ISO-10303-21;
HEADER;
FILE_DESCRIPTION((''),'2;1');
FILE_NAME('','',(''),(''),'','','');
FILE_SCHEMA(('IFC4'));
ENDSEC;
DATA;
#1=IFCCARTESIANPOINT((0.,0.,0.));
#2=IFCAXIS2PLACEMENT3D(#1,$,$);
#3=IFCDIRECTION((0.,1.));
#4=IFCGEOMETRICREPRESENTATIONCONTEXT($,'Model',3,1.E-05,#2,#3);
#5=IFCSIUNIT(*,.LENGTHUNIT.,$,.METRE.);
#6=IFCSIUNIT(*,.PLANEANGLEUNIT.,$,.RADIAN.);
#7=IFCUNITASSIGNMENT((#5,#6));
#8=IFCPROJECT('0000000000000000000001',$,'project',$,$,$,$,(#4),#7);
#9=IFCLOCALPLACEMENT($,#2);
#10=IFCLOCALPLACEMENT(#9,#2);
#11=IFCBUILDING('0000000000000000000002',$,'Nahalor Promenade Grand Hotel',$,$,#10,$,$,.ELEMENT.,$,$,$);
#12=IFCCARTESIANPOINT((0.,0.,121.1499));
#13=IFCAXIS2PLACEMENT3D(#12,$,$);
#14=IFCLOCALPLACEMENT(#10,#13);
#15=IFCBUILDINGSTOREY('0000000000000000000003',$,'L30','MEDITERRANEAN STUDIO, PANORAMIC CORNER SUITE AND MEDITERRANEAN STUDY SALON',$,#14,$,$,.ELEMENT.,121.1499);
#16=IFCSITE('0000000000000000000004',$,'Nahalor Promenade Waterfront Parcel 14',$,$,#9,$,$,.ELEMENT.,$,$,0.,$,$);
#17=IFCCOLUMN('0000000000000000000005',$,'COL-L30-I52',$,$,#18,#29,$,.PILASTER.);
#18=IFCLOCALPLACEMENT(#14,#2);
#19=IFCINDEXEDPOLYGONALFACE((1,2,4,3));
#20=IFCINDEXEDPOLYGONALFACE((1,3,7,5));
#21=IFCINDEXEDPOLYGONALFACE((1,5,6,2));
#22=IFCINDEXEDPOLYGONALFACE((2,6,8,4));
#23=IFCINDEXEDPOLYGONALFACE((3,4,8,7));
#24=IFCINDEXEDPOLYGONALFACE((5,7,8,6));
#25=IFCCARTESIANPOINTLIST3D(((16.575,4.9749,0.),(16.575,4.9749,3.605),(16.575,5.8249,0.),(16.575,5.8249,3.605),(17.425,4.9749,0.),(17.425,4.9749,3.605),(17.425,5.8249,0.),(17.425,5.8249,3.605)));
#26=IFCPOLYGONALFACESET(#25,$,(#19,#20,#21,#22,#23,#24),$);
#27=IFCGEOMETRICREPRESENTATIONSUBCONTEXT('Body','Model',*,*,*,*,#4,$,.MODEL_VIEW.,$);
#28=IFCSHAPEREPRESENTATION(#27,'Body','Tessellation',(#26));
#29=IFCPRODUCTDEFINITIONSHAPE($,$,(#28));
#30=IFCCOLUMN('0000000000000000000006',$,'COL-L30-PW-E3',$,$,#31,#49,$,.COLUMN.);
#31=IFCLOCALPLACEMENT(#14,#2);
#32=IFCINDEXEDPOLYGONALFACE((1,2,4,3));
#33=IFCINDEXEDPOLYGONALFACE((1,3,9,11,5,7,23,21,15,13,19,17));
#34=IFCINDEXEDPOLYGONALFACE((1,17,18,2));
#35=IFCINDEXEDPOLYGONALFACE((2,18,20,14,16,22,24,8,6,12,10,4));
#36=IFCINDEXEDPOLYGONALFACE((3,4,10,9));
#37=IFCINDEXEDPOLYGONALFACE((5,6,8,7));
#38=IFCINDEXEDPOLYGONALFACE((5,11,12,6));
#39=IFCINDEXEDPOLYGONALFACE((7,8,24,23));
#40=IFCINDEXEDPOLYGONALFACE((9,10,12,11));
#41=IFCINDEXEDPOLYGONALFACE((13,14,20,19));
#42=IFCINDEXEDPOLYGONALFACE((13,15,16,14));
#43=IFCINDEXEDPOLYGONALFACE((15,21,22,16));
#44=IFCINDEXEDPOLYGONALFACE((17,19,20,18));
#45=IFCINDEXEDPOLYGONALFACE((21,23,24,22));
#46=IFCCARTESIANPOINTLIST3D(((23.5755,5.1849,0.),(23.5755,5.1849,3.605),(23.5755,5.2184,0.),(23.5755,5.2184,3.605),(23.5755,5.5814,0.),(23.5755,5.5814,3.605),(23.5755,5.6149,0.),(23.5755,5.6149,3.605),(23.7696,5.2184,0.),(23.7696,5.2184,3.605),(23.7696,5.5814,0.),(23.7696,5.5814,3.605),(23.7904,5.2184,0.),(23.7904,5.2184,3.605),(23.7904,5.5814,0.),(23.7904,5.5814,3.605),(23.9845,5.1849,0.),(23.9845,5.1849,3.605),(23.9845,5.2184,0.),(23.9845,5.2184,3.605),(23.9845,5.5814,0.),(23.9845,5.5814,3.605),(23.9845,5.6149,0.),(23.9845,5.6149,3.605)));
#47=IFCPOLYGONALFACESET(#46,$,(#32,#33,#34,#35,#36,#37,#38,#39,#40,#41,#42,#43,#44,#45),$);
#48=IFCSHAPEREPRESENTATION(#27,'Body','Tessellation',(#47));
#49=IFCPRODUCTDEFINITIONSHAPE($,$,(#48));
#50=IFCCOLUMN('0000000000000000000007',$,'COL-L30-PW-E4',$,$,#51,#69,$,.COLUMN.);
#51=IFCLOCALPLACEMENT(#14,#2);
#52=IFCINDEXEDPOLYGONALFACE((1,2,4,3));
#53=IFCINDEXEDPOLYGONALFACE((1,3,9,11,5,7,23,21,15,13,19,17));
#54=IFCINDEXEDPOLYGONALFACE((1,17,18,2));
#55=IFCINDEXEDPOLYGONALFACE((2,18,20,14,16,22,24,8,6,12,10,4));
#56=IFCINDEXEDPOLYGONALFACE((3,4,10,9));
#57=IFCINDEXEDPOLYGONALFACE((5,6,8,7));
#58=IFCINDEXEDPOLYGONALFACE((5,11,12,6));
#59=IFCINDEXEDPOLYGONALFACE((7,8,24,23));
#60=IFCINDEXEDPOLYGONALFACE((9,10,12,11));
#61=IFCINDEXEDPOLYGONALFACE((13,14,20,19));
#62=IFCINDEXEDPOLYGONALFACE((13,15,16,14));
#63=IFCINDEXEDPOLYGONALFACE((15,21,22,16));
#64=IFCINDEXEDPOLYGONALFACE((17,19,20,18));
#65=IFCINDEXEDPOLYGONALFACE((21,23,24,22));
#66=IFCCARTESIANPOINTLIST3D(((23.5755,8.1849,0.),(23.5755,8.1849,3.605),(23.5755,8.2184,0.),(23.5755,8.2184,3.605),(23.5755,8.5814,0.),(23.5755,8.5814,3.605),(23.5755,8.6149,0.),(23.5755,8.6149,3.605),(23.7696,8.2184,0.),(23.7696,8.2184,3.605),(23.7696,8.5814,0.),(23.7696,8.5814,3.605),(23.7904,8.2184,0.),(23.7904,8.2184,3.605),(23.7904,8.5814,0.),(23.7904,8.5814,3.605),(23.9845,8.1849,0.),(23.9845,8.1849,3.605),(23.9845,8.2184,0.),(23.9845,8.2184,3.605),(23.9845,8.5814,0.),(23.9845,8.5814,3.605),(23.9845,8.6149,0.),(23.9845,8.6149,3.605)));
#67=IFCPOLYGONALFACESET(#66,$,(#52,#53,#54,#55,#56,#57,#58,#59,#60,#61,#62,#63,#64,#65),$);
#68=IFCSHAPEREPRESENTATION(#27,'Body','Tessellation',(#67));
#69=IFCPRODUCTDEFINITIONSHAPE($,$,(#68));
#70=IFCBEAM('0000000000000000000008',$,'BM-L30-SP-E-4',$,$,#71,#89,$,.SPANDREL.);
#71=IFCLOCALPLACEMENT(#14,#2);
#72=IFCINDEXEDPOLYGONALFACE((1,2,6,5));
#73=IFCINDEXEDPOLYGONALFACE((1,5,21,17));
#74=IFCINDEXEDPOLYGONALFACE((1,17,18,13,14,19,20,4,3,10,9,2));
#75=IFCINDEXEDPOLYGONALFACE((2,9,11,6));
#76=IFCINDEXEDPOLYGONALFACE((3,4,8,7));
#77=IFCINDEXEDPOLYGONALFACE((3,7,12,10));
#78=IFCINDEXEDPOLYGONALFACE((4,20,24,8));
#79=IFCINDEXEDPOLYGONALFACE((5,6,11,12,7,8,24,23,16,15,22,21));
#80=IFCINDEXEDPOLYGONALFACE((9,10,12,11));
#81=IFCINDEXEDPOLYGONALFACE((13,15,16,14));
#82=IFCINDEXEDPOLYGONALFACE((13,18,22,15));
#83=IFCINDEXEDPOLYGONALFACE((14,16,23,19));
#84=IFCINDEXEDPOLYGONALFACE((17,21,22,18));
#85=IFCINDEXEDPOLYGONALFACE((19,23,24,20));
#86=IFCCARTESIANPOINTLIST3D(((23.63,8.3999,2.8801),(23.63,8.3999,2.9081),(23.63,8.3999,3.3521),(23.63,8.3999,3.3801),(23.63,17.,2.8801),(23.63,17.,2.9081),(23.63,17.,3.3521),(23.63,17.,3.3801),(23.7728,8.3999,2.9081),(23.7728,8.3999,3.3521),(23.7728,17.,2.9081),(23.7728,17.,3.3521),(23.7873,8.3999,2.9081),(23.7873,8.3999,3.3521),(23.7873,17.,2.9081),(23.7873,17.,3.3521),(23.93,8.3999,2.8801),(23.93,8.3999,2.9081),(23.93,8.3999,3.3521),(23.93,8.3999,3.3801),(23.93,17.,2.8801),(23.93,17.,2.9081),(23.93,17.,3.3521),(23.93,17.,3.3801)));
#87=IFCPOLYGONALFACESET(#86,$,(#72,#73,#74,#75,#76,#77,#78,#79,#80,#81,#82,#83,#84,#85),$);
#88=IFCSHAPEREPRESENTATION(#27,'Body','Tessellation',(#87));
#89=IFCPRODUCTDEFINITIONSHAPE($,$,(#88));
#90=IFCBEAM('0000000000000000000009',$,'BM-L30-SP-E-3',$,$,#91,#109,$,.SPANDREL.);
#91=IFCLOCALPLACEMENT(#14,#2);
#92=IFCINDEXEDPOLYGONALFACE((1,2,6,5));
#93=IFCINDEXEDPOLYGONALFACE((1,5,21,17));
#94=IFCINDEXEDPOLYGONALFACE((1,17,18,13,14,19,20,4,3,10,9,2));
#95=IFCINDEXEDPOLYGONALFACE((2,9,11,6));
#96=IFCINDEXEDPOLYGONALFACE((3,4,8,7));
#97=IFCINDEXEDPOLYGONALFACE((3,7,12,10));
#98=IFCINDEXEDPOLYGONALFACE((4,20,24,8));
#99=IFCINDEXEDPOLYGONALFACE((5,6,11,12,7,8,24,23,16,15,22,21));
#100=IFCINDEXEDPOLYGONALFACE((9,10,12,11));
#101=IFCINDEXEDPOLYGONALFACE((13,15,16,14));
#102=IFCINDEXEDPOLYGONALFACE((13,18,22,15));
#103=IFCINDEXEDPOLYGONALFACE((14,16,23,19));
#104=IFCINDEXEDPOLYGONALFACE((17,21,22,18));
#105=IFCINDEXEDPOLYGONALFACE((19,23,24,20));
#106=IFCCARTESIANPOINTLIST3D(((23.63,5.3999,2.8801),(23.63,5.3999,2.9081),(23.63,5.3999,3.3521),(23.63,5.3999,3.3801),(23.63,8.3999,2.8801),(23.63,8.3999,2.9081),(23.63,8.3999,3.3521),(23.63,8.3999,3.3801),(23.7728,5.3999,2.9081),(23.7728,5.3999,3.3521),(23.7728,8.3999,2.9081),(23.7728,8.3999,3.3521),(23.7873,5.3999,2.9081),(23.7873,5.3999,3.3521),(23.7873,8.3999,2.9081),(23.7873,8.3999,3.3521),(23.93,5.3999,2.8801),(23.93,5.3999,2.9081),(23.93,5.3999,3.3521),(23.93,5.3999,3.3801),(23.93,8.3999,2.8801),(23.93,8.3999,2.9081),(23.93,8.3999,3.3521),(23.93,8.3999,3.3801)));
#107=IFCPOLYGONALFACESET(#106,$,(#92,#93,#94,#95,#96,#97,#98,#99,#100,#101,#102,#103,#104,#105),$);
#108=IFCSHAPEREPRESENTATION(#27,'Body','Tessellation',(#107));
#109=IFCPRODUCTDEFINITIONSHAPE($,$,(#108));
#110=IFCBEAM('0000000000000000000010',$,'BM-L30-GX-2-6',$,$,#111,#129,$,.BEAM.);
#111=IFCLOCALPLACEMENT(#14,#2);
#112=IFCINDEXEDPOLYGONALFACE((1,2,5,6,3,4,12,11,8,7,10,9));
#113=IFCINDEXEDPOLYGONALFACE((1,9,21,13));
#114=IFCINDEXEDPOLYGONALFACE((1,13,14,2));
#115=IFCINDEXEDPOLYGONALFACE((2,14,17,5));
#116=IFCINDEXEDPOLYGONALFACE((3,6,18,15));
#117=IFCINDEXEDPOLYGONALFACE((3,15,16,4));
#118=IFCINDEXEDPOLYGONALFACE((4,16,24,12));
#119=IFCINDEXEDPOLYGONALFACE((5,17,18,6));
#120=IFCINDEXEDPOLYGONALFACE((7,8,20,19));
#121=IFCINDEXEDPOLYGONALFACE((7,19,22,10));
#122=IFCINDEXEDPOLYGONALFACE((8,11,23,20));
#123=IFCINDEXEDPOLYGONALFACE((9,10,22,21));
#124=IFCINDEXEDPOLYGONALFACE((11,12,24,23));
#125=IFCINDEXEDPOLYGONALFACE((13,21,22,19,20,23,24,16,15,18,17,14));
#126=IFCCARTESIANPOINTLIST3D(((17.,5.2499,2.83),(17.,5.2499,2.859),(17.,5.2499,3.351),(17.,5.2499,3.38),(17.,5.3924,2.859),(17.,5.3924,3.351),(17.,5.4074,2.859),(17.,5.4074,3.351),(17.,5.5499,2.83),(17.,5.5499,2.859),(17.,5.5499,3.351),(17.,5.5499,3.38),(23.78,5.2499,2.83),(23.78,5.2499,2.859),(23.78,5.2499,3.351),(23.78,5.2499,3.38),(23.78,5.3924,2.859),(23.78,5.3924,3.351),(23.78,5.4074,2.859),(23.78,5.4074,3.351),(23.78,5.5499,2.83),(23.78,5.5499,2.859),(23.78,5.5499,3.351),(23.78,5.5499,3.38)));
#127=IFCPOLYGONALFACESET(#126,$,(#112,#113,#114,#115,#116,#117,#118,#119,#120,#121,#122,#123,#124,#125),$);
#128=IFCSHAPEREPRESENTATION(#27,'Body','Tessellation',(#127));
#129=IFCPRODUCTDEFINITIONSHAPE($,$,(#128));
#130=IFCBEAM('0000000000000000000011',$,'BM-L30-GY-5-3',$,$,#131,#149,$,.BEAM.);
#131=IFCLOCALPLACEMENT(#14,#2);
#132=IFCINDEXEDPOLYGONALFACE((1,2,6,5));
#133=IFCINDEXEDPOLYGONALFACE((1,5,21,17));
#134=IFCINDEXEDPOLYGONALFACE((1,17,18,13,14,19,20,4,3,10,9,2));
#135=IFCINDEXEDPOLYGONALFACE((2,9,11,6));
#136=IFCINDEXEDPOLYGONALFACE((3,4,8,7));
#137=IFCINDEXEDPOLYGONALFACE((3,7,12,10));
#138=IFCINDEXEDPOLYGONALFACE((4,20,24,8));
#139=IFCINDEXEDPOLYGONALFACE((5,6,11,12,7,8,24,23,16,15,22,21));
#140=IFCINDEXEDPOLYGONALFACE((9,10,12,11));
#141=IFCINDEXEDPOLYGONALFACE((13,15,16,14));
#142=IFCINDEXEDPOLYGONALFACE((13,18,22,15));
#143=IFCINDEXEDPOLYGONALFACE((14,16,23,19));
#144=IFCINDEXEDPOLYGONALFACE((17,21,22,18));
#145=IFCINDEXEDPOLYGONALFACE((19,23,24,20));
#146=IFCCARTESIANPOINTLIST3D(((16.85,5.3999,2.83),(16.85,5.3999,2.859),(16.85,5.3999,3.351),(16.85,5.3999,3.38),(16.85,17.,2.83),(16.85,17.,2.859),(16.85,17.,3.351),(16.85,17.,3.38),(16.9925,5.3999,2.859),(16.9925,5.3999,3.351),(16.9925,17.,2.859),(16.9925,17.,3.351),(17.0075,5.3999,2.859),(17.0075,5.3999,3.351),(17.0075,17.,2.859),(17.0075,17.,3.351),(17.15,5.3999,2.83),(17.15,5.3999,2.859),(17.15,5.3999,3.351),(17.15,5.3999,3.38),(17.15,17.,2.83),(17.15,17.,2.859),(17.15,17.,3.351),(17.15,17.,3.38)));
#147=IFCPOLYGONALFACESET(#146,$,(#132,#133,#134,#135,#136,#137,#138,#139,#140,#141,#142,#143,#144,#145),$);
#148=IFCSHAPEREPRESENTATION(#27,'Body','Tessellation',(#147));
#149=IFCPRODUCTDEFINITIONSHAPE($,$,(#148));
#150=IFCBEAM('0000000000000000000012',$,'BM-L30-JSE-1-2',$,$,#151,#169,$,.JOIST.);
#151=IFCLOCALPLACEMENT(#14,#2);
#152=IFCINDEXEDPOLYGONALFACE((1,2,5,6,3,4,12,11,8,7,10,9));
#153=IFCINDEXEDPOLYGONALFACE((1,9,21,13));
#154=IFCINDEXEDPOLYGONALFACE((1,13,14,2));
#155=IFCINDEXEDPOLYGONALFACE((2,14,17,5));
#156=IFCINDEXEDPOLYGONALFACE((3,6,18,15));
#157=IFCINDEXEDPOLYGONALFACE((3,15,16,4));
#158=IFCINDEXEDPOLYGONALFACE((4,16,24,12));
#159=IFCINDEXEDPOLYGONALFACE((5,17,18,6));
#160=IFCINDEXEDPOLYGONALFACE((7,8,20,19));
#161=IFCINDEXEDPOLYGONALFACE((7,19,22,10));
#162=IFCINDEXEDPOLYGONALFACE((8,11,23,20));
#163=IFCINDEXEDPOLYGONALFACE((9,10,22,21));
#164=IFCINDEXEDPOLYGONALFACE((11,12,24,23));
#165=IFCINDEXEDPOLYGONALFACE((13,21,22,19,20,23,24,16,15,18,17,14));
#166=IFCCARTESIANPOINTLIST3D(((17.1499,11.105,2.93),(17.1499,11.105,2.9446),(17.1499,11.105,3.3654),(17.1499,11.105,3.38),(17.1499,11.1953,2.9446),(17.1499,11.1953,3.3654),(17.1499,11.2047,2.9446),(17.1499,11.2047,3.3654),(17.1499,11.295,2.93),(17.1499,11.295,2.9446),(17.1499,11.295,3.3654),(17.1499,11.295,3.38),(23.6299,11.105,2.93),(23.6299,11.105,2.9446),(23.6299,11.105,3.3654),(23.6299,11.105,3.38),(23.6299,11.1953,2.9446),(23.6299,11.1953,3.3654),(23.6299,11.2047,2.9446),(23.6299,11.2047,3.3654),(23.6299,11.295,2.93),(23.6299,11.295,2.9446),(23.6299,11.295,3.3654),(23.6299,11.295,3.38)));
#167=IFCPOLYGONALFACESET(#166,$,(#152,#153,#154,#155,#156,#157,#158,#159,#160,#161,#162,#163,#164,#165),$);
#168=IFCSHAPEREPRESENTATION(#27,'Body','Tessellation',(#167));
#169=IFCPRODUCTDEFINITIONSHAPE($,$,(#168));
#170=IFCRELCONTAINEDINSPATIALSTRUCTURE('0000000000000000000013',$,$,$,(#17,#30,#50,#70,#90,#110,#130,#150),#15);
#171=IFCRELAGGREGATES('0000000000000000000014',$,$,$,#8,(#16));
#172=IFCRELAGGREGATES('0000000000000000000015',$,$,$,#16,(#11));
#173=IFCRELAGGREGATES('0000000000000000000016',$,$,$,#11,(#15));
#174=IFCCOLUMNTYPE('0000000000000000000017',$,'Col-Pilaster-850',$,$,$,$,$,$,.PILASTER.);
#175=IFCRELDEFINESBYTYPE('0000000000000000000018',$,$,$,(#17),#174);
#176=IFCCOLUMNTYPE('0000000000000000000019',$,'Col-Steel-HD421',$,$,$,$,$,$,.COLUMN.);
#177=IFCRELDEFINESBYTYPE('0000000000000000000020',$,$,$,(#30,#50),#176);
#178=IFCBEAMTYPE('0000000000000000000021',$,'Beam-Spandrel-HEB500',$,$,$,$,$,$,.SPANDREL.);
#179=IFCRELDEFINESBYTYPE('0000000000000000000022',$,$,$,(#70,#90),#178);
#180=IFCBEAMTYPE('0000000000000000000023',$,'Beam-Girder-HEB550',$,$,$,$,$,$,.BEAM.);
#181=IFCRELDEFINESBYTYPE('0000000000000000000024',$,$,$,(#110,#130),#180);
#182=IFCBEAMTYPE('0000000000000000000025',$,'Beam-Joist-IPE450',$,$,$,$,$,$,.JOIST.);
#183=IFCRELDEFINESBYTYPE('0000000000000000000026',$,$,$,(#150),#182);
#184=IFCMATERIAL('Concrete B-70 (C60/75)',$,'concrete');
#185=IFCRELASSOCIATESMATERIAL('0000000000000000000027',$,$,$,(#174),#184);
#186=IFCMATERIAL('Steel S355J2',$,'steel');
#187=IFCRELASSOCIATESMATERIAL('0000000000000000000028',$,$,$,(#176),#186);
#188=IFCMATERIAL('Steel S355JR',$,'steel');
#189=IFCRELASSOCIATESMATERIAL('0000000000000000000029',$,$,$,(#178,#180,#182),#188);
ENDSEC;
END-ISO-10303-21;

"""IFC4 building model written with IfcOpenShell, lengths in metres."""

from ifc_helpers import new_model, si_unit, direction, frame, origin, origin_2d, place, context, subcontext, project, spatial, rectangle, i_section, extrude, source, transform, mapped, material, material_profile, profile_set, type_object, element, save


model = new_model("IFC4")

# Units and contexts
model_context = context("Model", 3, precision=1e-05, world=origin(), true_north=direction((0.0, 1.0)))
body_context = subcontext(model_context, "Body", "Model", "MODEL_VIEW")
ifc_project = project(units=[si_unit("LENGTHUNIT", "METRE"), si_unit("PLANEANGLEUNIT", "RADIAN")], contexts=[model_context])

# Site, building, storey
site_placement = place(None, origin())
site = spatial("IfcSite", under=ifc_project, at=site_placement, Name="Nahalor Promenade Waterfront Parcel 14", CompositionType="ELEMENT", RefElevation=0.0)
building_placement = place(site_placement, origin())
building = spatial("IfcBuilding", under=site, at=building_placement, Name="Nahalor Promenade Grand Hotel", CompositionType="ELEMENT")
storey_placement = place(building_placement, frame((0.0, 0.0, 121.1499)))
storey = spatial("IfcBuildingStorey", under=building, at=storey_placement, Name="L30", Description="MEDITERRANEAN STUDIO, PANORAMIC CORNER SUITE AND MEDITERRANEAN STUDY SALON", CompositionType="ELEMENT", Elevation=121.1499)

# Columns
ifc_material_1 = material(Name="Concrete B-70 (C60/75)", Category="concrete")
ifc_material_profile_1 = material_profile(ifc_material_1, rectangle(XDim=0.85, YDim=0.85, at=origin_2d()), Name="RC 850x850")
ifc_profile_set_1 = profile_set([ifc_material_profile_1], Name="Concrete B-70 (C60/75)")
column_type_1 = type_object("IfcColumnType", Name="Col-Pilaster-850", PredefinedType="PILASTER", material=ifc_profile_set_1)
shared_shape_1 = source(origin(), body_context, "Body", "SweptSolid", [
    extrude(rectangle(XDim=0.85, YDim=0.85, at=origin_2d()), origin(), (0.0, 0.0, 1.0), 3.605),
])
column_placement = place(storey_placement, frame((17.0, 5.3999, 0.0), z_axis=(0.0, 0.0, 1.0), x_axis=(1.0, 0.0, 0.0)))
element("IfcColumn", 1, at=column_placement, inside=storey, type_object=column_type_1, Name="COL-L30-I52", PredefinedType="PILASTER", context=body_context, shape_type="MappedRepresentation", body=[
    mapped(shared_shape_1, transform((0.0, 0.0, 0.0), scale=1.0)),
])
ifc_material_2 = material(Name="Steel S355J2", Category="steel")
ifc_material_profile_2 = material_profile(ifc_material_2, i_section(OverallWidth=0.409, OverallDepth=0.43, WebThickness=0.0208, FlangeThickness=0.0335, at=origin_2d()), Name="HD 400x421")
ifc_profile_set_2 = profile_set([ifc_material_profile_2], Name="Steel S355J2")
column_type_2 = type_object("IfcColumnType", Name="Col-Steel-HD421", PredefinedType="COLUMN", material=ifc_profile_set_2)
shared_shape_2 = source(origin(), body_context, "Body", "SweptSolid", [
    extrude(i_section(OverallWidth=0.409, OverallDepth=0.43, WebThickness=0.0208, FlangeThickness=0.0335, at=origin_2d()), origin(), (0.0, 0.0, 1.0), 3.605),
])
for number, where, z_axis, x_axis, name in (
    (2, (23.78, 5.3999, 0.0), (0.0, 0.0, 1.0), (1.0, 0.0, 0.0), "COL-L30-PW-E3"),
    (3, (23.78, 8.3999, 0.0), (0.0, 0.0, 1.0), (1.0, 0.0, 0.0), "COL-L30-PW-E4"),
):
    element("IfcColumn", number, at=place(storey_placement, frame(where, z_axis=z_axis, x_axis=x_axis)), inside=storey, type_object=column_type_2, Name=name, PredefinedType="COLUMN", context=body_context, shape_type="MappedRepresentation", body=[
        mapped(shared_shape_2, transform((0.0, 0.0, 0.0), scale=1.0)),
    ])

# Beams
ifc_material_3 = material(Name="Steel S355JR", Category="steel")
ifc_material_profile_3 = material_profile(ifc_material_3, i_section(OverallWidth=0.3, OverallDepth=0.5, WebThickness=0.0145, FlangeThickness=0.028, at=origin_2d()), Name="HEB 500")
ifc_profile_set_3 = profile_set([ifc_material_profile_3], Name="Steel S355JR")
beam_type_1 = type_object("IfcBeamType", Name="Beam-Spandrel-HEB500", PredefinedType="SPANDREL", material=ifc_profile_set_3)
shared_shape_3 = source(origin(), body_context, "Body", "SweptSolid", [
    extrude(i_section(OverallWidth=0.3, OverallDepth=0.5, WebThickness=0.0145, FlangeThickness=0.028, at=origin_2d()), origin(), (0.0, 0.0, 1.0), 8.6001),
])
beam_1_placement = place(storey_placement, frame((23.78, 8.3999, 3.1301), z_axis=(0.0, 1.0, 0.0), x_axis=(-1.0, 0.0, 0.0)))
element("IfcBeam", 4, at=beam_1_placement, inside=storey, type_object=beam_type_1, Name="BM-L30-SP-E-4", PredefinedType="SPANDREL", context=body_context, shape_type="MappedRepresentation", body=[
    mapped(shared_shape_3, transform((0.0, 0.0, 0.0), scale=1.0)),
])
shared_shape_4 = source(origin(), body_context, "Body", "SweptSolid", [
    extrude(i_section(OverallWidth=0.3, OverallDepth=0.5, WebThickness=0.0145, FlangeThickness=0.028, at=origin_2d()), origin(), (0.0, 0.0, 1.0), 3.0),
])
beam_2_placement = place(storey_placement, frame((23.78, 5.3999, 3.1301), z_axis=(0.0, 1.0, 0.0), x_axis=(-1.0, 0.0, 0.0)))
element("IfcBeam", 5, at=beam_2_placement, inside=storey, type_object=beam_type_1, Name="BM-L30-SP-E-3", PredefinedType="SPANDREL", context=body_context, shape_type="MappedRepresentation", body=[
    mapped(shared_shape_4, transform((0.0, 0.0, 0.0), scale=1.0)),
])
ifc_material_profile_4 = material_profile(ifc_material_3, i_section(OverallWidth=0.3, OverallDepth=0.55, WebThickness=0.015, FlangeThickness=0.029, at=origin_2d()), Name="HEB 550")
ifc_profile_set_4 = profile_set([ifc_material_profile_4], Name="Steel S355JR")
beam_type_2 = type_object("IfcBeamType", Name="Beam-Girder-HEB550", PredefinedType="BEAM", material=ifc_profile_set_4)
shared_shape_5 = source(origin(), body_context, "Body", "SweptSolid", [
    extrude(i_section(OverallWidth=0.3, OverallDepth=0.55, WebThickness=0.015, FlangeThickness=0.029, at=origin_2d()), origin(), (0.0, 0.0, 1.0), 6.78),
])
beam_3_placement = place(storey_placement, frame((17.0, 5.3999, 3.105), z_axis=(1.0, 0.0, 0.0), x_axis=(0.0, 1.0, 0.0)))
element("IfcBeam", 6, at=beam_3_placement, inside=storey, type_object=beam_type_2, Name="BM-L30-GX-2-6", PredefinedType="BEAM", context=body_context, shape_type="MappedRepresentation", body=[
    mapped(shared_shape_5, transform((0.0, 0.0, 0.0), scale=1.0)),
])
shared_shape_6 = source(origin(), body_context, "Body", "SweptSolid", [
    extrude(i_section(OverallWidth=0.3, OverallDepth=0.55, WebThickness=0.015, FlangeThickness=0.029, at=origin_2d()), origin(), (0.0, 0.0, 1.0), 11.6001),
])
beam_4_placement = place(storey_placement, frame((17.0, 5.3999, 3.105), z_axis=(0.0, 1.0, 0.0), x_axis=(-1.0, 0.0, 0.0)))
element("IfcBeam", 7, at=beam_4_placement, inside=storey, type_object=beam_type_2, Name="BM-L30-GY-5-3", PredefinedType="BEAM", context=body_context, shape_type="MappedRepresentation", body=[
    mapped(shared_shape_6, transform((0.0, 0.0, 0.0), scale=1.0)),
])
ifc_material_profile_5 = material_profile(ifc_material_3, i_section(OverallWidth=0.19, OverallDepth=0.45, WebThickness=0.0094, FlangeThickness=0.0146, at=origin_2d()), Name="IPE 450")
ifc_profile_set_5 = profile_set([ifc_material_profile_5], Name="Steel S355JR")
beam_type_3 = type_object("IfcBeamType", Name="Beam-Joist-IPE450", PredefinedType="JOIST", material=ifc_profile_set_5)
shared_shape_7 = source(origin(), body_context, "Body", "SweptSolid", [
    extrude(i_section(OverallWidth=0.19, OverallDepth=0.45, WebThickness=0.0094, FlangeThickness=0.0146, at=origin_2d()), origin(), (0.0, 0.0, 1.0), 6.48),
])
beam_5_placement = place(storey_placement, frame((17.1499, 11.2, 3.155), z_axis=(1.0, 0.0, 0.0), x_axis=(0.0, 1.0, 0.0)))
element("IfcBeam", 8, at=beam_5_placement, inside=storey, type_object=beam_type_3, Name="BM-L30-JSE-1-2", PredefinedType="JOIST", context=body_context, shape_type="MappedRepresentation", body=[
    mapped(shared_shape_7, transform((0.0, 0.0, 0.0), scale=1.0)),
])

save(model, "model.ifc")
